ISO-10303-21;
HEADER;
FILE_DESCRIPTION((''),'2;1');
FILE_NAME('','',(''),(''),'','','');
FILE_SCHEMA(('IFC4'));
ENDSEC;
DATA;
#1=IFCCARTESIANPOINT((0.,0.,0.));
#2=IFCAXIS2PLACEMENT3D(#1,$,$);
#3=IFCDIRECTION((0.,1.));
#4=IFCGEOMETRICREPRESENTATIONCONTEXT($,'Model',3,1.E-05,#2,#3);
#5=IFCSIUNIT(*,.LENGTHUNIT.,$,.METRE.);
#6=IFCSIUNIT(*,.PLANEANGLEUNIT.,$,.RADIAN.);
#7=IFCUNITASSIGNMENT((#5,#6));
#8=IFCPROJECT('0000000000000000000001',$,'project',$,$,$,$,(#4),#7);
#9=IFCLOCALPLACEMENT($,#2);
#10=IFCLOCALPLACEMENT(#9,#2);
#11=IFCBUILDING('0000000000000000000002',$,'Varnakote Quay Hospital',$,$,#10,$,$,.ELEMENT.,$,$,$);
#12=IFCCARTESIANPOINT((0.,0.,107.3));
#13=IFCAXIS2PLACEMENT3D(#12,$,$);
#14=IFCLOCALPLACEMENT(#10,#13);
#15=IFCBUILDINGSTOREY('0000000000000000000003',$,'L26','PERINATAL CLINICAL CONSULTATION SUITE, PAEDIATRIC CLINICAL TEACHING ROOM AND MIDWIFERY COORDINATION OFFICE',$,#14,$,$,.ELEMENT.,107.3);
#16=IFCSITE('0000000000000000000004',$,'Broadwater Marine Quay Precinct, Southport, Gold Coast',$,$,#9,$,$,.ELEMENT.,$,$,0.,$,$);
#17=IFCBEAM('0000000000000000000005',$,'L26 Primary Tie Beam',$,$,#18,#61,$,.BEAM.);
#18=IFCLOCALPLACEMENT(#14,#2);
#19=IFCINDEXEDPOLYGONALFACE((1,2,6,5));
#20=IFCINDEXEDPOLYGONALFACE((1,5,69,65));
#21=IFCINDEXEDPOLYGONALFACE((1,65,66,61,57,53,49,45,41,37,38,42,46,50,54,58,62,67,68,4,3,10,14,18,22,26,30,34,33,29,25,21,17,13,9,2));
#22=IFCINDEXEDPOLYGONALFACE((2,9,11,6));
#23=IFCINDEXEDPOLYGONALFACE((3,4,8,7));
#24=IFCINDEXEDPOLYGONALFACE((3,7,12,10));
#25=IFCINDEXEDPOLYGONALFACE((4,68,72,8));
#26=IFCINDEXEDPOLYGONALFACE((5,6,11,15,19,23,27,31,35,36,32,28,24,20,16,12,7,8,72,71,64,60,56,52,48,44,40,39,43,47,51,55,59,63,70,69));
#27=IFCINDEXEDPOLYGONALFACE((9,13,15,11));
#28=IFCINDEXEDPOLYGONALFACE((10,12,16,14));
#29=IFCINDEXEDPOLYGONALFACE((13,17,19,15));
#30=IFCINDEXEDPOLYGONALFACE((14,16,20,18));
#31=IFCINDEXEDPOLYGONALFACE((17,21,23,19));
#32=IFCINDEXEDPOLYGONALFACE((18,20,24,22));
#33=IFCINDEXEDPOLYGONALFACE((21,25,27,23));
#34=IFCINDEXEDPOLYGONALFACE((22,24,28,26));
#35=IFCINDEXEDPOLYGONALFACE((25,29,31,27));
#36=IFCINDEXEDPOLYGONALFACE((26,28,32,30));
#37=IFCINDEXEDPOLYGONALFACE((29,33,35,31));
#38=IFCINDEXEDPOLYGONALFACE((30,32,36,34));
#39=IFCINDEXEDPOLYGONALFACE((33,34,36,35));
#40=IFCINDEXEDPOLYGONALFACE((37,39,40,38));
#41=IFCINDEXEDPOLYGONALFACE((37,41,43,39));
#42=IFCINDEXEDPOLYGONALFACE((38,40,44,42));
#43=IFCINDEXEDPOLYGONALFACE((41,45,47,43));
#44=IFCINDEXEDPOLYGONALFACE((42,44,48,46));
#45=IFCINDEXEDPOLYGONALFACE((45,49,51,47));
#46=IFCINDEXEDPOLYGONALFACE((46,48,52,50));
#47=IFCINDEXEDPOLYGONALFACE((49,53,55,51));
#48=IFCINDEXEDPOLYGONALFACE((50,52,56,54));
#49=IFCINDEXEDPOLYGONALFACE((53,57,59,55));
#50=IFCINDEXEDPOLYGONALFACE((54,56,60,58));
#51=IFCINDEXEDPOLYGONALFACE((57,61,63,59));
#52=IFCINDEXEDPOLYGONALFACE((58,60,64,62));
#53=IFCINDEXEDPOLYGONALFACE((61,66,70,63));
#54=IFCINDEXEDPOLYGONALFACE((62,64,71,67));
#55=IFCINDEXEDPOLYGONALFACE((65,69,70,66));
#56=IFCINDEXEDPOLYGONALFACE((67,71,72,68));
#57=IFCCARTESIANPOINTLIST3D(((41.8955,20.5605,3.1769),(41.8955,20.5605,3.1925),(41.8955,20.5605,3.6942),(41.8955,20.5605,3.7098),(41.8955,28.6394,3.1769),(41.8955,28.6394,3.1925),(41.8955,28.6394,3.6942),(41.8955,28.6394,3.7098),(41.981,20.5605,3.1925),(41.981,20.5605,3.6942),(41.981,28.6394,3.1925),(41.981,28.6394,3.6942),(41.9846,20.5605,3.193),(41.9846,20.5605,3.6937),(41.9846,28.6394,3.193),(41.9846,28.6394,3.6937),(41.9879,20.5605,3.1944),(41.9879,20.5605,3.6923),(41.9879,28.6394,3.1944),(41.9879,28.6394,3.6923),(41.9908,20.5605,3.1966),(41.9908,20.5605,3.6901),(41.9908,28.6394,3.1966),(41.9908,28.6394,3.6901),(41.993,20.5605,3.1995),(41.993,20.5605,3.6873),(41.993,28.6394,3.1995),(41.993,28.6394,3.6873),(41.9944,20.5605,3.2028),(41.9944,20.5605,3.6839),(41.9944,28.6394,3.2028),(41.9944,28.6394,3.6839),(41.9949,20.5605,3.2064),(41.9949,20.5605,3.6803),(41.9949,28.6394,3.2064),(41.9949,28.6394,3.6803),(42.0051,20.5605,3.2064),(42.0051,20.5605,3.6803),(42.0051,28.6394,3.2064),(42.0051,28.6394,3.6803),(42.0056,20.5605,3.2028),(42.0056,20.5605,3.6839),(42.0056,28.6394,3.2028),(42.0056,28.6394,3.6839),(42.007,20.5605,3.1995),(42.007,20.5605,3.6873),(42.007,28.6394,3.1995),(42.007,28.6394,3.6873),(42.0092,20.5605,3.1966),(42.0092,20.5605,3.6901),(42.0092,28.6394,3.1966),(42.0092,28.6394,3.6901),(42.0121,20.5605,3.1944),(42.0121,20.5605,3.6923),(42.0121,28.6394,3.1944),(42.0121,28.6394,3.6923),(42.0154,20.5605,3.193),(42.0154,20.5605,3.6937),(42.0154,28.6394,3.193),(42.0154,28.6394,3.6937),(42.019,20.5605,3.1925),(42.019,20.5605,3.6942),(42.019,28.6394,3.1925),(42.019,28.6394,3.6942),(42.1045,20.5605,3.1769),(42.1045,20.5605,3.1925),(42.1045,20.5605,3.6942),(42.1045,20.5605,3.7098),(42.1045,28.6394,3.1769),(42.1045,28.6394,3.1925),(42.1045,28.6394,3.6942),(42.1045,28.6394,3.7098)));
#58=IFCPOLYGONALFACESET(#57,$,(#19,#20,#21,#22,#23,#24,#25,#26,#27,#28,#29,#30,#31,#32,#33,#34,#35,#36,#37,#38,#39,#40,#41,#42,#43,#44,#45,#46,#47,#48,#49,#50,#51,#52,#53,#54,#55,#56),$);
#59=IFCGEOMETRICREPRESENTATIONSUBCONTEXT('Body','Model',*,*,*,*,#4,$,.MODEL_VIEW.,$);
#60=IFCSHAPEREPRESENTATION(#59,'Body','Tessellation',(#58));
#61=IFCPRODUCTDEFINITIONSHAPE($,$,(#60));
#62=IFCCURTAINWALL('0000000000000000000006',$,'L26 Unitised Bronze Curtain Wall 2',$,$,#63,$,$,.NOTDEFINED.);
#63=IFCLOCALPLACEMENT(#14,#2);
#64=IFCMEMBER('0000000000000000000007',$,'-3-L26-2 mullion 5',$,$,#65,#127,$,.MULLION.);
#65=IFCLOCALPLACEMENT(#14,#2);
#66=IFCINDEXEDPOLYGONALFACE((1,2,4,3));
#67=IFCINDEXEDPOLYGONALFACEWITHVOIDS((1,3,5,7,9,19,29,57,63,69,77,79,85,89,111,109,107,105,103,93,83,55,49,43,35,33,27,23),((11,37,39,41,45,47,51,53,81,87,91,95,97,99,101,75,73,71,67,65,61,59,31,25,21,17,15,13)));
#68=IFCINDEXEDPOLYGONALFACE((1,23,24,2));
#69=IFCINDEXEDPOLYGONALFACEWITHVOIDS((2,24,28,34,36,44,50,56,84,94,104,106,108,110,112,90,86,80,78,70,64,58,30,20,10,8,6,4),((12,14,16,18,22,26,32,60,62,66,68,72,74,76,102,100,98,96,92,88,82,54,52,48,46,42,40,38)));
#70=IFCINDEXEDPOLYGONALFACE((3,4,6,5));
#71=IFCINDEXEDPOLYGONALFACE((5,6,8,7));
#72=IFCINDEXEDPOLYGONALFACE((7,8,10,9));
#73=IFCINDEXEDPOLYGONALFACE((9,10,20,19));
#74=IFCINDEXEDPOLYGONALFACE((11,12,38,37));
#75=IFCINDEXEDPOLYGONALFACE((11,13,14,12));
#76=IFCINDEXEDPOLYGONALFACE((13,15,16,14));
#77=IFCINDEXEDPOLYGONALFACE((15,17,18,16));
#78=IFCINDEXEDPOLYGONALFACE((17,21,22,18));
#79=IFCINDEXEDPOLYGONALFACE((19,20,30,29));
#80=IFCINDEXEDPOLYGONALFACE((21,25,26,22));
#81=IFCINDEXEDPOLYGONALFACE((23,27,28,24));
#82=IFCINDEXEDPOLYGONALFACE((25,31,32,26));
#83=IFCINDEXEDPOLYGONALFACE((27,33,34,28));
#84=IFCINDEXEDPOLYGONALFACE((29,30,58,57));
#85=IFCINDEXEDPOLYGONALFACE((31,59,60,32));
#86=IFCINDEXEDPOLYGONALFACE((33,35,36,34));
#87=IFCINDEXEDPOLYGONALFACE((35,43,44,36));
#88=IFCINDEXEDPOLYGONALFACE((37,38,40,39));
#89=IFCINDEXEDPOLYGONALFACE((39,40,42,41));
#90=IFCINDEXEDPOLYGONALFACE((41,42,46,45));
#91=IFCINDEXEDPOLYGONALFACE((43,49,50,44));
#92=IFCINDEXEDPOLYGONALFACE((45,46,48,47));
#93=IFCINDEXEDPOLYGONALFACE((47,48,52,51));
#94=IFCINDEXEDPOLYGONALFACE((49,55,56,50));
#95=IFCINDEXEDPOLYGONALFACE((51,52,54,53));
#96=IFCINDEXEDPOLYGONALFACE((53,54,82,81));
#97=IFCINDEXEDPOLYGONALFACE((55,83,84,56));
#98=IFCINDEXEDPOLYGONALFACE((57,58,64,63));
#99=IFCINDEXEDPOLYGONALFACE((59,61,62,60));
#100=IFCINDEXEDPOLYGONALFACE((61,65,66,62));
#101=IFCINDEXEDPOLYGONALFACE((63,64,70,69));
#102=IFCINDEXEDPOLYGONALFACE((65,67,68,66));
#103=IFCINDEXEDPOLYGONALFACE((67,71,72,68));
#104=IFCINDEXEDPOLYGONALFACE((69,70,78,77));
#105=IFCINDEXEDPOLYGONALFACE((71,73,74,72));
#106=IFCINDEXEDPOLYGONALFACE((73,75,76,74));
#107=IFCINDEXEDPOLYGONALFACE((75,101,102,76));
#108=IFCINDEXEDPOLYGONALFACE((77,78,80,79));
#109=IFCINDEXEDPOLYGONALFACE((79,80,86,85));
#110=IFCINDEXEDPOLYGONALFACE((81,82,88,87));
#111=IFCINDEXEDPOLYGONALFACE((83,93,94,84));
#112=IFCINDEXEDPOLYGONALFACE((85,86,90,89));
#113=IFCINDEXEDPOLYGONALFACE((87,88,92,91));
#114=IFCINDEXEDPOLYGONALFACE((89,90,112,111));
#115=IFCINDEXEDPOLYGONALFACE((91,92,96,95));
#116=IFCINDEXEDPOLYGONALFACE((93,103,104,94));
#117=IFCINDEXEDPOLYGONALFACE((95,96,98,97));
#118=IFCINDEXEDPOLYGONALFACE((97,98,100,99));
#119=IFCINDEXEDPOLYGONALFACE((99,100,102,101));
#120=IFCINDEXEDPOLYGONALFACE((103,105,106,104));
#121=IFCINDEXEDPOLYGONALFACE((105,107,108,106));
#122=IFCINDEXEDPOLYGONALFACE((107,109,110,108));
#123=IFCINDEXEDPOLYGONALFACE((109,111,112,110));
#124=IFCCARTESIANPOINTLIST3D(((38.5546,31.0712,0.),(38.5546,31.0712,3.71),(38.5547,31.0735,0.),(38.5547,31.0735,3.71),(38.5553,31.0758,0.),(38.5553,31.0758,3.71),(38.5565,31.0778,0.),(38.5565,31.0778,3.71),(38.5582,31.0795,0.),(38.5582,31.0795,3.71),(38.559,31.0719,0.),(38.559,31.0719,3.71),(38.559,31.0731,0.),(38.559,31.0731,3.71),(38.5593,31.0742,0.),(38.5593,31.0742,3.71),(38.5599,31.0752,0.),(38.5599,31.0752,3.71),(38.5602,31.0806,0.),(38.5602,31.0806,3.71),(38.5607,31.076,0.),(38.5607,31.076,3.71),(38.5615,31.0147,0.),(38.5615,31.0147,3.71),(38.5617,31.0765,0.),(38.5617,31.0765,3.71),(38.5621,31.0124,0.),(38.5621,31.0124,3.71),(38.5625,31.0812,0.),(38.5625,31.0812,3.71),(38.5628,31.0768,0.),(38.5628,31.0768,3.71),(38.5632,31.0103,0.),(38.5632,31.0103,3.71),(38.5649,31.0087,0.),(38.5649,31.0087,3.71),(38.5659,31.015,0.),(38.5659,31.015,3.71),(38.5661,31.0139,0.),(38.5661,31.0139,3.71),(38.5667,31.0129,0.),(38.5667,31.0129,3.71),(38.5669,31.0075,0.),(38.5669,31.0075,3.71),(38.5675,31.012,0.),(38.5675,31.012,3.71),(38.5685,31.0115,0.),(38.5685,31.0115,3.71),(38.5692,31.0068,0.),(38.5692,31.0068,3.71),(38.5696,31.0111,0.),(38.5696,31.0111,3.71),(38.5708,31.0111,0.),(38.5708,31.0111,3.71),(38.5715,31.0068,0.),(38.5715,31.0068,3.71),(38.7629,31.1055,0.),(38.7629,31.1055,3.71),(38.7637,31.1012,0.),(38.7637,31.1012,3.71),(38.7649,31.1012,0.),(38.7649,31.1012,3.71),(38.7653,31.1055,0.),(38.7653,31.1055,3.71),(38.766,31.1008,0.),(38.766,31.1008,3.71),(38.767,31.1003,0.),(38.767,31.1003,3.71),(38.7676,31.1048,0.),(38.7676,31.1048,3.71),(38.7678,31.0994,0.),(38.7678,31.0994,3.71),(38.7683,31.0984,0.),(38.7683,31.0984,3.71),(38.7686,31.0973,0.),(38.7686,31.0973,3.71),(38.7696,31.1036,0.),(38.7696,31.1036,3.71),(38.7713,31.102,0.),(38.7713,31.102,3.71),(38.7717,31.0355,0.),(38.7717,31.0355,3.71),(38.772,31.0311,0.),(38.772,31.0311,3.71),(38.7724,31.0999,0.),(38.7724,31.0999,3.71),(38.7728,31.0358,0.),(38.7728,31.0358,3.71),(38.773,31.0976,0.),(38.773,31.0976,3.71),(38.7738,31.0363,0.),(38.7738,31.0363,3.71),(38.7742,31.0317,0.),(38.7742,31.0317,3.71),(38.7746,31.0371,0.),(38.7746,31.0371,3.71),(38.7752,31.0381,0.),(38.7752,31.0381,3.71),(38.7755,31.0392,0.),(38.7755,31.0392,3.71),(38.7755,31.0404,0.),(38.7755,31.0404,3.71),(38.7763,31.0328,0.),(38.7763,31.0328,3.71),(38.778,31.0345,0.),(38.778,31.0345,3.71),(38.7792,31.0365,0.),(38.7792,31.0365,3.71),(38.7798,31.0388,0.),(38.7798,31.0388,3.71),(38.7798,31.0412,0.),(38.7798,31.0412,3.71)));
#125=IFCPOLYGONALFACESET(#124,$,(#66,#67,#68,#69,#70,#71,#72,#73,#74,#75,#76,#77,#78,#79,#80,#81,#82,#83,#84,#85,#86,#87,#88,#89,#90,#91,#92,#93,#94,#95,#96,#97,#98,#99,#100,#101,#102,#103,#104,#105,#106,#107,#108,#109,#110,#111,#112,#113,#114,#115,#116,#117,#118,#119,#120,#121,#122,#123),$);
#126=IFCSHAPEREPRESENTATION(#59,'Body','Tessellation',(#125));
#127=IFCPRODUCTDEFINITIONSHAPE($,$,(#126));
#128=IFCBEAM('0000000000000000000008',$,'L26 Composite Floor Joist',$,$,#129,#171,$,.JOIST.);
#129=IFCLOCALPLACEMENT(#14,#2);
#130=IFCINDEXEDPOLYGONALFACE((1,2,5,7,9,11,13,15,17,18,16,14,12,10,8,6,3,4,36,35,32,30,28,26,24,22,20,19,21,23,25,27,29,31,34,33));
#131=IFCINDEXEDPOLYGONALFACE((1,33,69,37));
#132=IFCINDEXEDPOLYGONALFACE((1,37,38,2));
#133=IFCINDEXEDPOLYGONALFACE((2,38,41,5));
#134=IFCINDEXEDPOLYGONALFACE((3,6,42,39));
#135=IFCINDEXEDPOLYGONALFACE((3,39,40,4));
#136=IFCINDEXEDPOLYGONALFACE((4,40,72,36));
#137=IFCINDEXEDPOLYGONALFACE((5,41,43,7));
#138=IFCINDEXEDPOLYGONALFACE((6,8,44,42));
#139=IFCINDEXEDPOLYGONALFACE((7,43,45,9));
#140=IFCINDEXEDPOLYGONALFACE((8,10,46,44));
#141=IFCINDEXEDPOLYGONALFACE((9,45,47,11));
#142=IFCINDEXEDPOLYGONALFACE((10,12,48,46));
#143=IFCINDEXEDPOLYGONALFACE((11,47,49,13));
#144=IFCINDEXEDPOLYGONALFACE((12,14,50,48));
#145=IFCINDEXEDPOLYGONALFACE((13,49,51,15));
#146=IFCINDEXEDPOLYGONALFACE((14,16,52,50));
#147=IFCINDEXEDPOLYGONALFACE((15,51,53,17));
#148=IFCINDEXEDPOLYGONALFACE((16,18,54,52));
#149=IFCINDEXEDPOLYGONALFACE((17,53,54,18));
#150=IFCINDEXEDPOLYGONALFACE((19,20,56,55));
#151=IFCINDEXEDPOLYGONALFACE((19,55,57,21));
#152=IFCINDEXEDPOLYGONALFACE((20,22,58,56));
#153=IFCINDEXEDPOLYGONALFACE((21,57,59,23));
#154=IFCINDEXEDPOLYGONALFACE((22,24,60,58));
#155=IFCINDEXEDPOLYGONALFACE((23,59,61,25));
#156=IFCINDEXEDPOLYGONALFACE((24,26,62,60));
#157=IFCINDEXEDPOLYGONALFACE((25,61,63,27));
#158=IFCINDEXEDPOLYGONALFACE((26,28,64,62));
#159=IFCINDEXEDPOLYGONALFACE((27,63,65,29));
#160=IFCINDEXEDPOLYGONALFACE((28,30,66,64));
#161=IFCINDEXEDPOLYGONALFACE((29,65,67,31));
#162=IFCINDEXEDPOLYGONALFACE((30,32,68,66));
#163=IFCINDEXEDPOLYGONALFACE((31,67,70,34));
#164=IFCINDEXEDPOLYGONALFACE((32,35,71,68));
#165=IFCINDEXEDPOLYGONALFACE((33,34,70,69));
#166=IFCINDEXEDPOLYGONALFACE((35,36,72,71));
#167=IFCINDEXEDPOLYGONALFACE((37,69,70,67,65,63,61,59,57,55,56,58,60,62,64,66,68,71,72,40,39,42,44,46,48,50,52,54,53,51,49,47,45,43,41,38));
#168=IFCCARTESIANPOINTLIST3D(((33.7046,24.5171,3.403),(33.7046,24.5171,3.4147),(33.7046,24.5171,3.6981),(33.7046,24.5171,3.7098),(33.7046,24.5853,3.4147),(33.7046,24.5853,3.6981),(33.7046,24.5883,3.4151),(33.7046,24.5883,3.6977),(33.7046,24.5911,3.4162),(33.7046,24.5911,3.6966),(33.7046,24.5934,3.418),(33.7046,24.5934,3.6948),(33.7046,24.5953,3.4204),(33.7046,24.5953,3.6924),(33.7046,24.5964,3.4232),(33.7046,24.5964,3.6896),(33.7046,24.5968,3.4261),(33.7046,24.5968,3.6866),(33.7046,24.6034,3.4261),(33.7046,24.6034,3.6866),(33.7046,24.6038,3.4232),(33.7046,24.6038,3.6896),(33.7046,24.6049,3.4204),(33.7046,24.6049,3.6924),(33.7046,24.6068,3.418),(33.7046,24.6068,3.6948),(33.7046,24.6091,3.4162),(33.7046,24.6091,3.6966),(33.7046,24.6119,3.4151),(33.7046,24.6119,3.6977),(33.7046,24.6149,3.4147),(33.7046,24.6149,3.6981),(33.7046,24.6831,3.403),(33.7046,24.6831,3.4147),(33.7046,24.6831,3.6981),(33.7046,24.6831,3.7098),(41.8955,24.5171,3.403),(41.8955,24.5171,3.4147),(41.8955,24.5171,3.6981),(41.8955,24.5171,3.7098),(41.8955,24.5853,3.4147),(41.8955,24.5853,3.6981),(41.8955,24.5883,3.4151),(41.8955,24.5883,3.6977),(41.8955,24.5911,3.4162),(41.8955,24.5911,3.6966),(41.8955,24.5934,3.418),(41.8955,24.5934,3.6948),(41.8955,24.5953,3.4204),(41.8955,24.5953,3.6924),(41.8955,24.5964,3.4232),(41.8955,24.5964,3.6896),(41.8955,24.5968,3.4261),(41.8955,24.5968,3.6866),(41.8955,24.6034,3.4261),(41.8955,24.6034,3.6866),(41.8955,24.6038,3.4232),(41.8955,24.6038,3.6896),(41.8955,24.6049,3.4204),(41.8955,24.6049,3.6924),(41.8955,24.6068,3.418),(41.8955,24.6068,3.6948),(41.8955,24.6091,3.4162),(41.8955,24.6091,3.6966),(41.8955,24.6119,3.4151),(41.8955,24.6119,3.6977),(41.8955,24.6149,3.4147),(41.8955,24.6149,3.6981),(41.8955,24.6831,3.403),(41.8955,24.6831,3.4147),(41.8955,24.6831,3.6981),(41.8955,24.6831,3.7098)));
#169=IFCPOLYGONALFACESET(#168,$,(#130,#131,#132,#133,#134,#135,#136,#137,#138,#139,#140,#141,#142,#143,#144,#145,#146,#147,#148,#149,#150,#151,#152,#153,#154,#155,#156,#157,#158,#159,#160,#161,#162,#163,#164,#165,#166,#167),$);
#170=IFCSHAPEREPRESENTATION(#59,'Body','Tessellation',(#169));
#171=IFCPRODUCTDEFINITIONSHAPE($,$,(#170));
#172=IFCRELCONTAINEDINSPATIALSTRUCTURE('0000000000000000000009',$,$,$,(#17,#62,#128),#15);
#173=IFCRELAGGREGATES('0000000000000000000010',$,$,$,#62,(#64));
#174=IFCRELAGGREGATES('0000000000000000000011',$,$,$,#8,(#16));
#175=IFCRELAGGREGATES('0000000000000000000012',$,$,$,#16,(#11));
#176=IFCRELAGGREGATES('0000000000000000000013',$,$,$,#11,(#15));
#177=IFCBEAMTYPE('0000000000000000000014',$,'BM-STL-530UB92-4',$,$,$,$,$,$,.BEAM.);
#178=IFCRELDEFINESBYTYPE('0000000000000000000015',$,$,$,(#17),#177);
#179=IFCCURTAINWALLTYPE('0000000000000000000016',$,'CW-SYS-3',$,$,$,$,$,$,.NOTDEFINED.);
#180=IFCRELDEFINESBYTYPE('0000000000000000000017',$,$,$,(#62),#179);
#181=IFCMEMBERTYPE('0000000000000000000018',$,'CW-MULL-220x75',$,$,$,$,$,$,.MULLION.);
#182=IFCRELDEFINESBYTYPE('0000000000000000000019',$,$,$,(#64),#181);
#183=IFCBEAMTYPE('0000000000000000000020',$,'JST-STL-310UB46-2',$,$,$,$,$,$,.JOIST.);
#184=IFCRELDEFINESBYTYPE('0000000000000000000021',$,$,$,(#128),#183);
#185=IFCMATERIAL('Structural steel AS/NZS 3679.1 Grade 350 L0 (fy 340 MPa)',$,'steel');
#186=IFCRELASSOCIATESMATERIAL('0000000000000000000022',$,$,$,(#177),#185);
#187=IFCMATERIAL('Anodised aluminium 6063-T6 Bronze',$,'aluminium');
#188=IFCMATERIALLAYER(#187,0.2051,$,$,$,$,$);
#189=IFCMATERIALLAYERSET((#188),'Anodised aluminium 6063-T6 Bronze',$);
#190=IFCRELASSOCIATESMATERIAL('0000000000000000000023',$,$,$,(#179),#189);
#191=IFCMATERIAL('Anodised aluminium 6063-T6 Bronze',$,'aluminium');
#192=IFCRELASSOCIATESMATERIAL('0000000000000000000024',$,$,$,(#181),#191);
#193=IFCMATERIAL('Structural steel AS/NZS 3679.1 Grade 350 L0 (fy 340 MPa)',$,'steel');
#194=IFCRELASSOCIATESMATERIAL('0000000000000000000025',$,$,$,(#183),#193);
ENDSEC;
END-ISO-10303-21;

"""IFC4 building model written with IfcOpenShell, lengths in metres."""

from ifc_helpers import new_model, si_unit, direction, frame, origin, origin_2d, place, context, subcontext, project, spatial, hollow_rectangle, i_section, extrude, material, layer, layer_set, material_profile, profile_set, type_object, element, aggregate, save


model = new_model("IFC4")

# Units and contexts
model_context = context("Model", 3, precision=1e-05, world=origin(), true_north=direction((0.0, 1.0)))
body_context = subcontext(model_context, "Body", "Model", "MODEL_VIEW")
ifc_project = project(units=[si_unit("LENGTHUNIT", "METRE"), si_unit("PLANEANGLEUNIT", "RADIAN")], contexts=[model_context])

# Site, building, storey
site_placement = place(None, origin())
site = spatial("IfcSite", under=ifc_project, at=site_placement, Name="Broadwater Marine Quay Precinct, Southport, Gold Coast", CompositionType="ELEMENT", RefElevation=0.0)
building_placement = place(site_placement, origin())
building = spatial("IfcBuilding", under=site, at=building_placement, Name="Varnakote Quay Hospital", CompositionType="ELEMENT")
storey_placement = place(building_placement, frame((0.0, 0.0, 107.3)))
storey = spatial("IfcBuildingStorey", under=building, at=storey_placement, Name="L26", Description="PERINATAL CLINICAL CONSULTATION SUITE, PAEDIATRIC CLINICAL TEACHING ROOM AND MIDWIFERY COORDINATION OFFICE", CompositionType="ELEMENT", Elevation=107.3)

# Beam
ifc_material_1 = material(Name="Structural steel AS/NZS 3679.1 Grade 350 L0 (fy 340 MPa)", Category="steel")
ifc_material_profile_1 = material_profile(ifc_material_1, i_section(OverallWidth=0.209, OverallDepth=0.533, WebThickness=0.0103, FlangeThickness=0.0156, FilletRadius=0.0139, at=origin_2d()), Name="530UB92.4")
ifc_profile_set_1 = profile_set([ifc_material_profile_1], Name="Structural steel AS/NZS 3679.1 Grade 350 L0 (fy 340 MPa)")
beam_type_1 = type_object("IfcBeamType", Name="BM-STL-530UB92-4", PredefinedType="BEAM", material=ifc_profile_set_1)
beam_1_placement = place(storey_placement, frame((42.0, 20.5605, 3.4434), z_axis=(0.0, 1.0, 0.0), x_axis=(-1.0, 0.0, 0.0)))
element("IfcBeam", 1, at=beam_1_placement, inside=storey, type_object=beam_type_1, Name="L26 Primary Tie Beam", PredefinedType="BEAM", context=body_context, shape_type="SweptSolid", body=[
    extrude(i_section(OverallWidth=0.209, OverallDepth=0.533, WebThickness=0.0103, FlangeThickness=0.0156, FilletRadius=0.0139, at=origin_2d()), origin(), (0.0, 0.0, 1.0), 8.0789),
])

# Curtain wall, member
ifc_material_2 = material(Name="Anodised aluminium 6063-T6 Bronze", Category="aluminium")
ifc_layer_1 = layer(ifc_material_2, 0.2051)
ifc_layer_set_1 = layer_set([ifc_layer_1], Name="Anodised aluminium 6063-T6 Bronze")
curtain_wall_type = type_object("IfcCurtainWallType", Name="CW-SYS-3", PredefinedType="NOTDEFINED", material=ifc_layer_set_1)
curtain_wall_placement = place(storey_placement, origin())
curtain_wall = element("IfcCurtainWall", 2, at=curtain_wall_placement, inside=storey, type_object=curtain_wall_type, Name="L26 Unitised Bronze Curtain Wall 2", PredefinedType="NOTDEFINED")
ifc_material_3 = material(Name="Anodised aluminium 6063-T6 Bronze", Category="aluminium")
ifc_material_profile_2 = material_profile(ifc_material_3, hollow_rectangle(XDim=0.075, YDim=0.22, WallThickness=0.0044, InnerFilletRadius=0.0044, OuterFilletRadius=0.009, at=origin_2d()), Name="CW-MULL-220x75")
ifc_profile_set_2 = profile_set([ifc_material_profile_2], Name="Anodised aluminium 6063-T6 Bronze")
member_type = type_object("IfcMemberType", Name="CW-MULL-220x75", PredefinedType="MULLION", material=ifc_profile_set_2)
member_placement = place(storey_placement, frame((38.6672, 31.0562, 0.0), z_axis=(0.0, 0.0, 1.0), x_axis=(0.120327, -0.992734, 0.0)))
member = element("IfcMember", 3, at=member_placement, type_object=member_type, Name="-3-L26-2 mullion 5", PredefinedType="MULLION", context=body_context, shape_type="SweptSolid", body=[
    extrude(hollow_rectangle(XDim=0.075, YDim=0.22, WallThickness=0.0044, InnerFilletRadius=0.0044, OuterFilletRadius=0.009, at=origin_2d()), origin(), (0.0, 0.0, 1.0), 3.71),
])

# Beam
ifc_material_4 = material(Name="Structural steel AS/NZS 3679.1 Grade 350 L0 (fy 340 MPa)", Category="steel")
ifc_material_profile_3 = material_profile(ifc_material_4, i_section(OverallWidth=0.166, OverallDepth=0.3069, WebThickness=0.0066, FlangeThickness=0.0117, FilletRadius=0.0115, at=origin_2d()), Name="310UB46.2")
ifc_profile_set_3 = profile_set([ifc_material_profile_3], Name="Structural steel AS/NZS 3679.1 Grade 350 L0 (fy 340 MPa)")
beam_type_2 = type_object("IfcBeamType", Name="JST-STL-310UB46-2", PredefinedType="JOIST", material=ifc_profile_set_3)
beam_2_placement = place(storey_placement, frame((33.7046, 24.6001, 3.5564), z_axis=(1.0, 0.0, 0.0), x_axis=(0.0, 1.0, 0.0)))
element("IfcBeam", 4, at=beam_2_placement, inside=storey, type_object=beam_type_2, Name="L26 Composite Floor Joist", PredefinedType="JOIST", context=body_context, shape_type="SweptSolid", body=[
    extrude(i_section(OverallWidth=0.166, OverallDepth=0.3069, WebThickness=0.0066, FlangeThickness=0.0117, FilletRadius=0.0115, at=origin_2d()), origin(), (0.0, 0.0, 1.0), 8.1909),
])

aggregate(curtain_wall, [member])

save(model, "model.ifc")
